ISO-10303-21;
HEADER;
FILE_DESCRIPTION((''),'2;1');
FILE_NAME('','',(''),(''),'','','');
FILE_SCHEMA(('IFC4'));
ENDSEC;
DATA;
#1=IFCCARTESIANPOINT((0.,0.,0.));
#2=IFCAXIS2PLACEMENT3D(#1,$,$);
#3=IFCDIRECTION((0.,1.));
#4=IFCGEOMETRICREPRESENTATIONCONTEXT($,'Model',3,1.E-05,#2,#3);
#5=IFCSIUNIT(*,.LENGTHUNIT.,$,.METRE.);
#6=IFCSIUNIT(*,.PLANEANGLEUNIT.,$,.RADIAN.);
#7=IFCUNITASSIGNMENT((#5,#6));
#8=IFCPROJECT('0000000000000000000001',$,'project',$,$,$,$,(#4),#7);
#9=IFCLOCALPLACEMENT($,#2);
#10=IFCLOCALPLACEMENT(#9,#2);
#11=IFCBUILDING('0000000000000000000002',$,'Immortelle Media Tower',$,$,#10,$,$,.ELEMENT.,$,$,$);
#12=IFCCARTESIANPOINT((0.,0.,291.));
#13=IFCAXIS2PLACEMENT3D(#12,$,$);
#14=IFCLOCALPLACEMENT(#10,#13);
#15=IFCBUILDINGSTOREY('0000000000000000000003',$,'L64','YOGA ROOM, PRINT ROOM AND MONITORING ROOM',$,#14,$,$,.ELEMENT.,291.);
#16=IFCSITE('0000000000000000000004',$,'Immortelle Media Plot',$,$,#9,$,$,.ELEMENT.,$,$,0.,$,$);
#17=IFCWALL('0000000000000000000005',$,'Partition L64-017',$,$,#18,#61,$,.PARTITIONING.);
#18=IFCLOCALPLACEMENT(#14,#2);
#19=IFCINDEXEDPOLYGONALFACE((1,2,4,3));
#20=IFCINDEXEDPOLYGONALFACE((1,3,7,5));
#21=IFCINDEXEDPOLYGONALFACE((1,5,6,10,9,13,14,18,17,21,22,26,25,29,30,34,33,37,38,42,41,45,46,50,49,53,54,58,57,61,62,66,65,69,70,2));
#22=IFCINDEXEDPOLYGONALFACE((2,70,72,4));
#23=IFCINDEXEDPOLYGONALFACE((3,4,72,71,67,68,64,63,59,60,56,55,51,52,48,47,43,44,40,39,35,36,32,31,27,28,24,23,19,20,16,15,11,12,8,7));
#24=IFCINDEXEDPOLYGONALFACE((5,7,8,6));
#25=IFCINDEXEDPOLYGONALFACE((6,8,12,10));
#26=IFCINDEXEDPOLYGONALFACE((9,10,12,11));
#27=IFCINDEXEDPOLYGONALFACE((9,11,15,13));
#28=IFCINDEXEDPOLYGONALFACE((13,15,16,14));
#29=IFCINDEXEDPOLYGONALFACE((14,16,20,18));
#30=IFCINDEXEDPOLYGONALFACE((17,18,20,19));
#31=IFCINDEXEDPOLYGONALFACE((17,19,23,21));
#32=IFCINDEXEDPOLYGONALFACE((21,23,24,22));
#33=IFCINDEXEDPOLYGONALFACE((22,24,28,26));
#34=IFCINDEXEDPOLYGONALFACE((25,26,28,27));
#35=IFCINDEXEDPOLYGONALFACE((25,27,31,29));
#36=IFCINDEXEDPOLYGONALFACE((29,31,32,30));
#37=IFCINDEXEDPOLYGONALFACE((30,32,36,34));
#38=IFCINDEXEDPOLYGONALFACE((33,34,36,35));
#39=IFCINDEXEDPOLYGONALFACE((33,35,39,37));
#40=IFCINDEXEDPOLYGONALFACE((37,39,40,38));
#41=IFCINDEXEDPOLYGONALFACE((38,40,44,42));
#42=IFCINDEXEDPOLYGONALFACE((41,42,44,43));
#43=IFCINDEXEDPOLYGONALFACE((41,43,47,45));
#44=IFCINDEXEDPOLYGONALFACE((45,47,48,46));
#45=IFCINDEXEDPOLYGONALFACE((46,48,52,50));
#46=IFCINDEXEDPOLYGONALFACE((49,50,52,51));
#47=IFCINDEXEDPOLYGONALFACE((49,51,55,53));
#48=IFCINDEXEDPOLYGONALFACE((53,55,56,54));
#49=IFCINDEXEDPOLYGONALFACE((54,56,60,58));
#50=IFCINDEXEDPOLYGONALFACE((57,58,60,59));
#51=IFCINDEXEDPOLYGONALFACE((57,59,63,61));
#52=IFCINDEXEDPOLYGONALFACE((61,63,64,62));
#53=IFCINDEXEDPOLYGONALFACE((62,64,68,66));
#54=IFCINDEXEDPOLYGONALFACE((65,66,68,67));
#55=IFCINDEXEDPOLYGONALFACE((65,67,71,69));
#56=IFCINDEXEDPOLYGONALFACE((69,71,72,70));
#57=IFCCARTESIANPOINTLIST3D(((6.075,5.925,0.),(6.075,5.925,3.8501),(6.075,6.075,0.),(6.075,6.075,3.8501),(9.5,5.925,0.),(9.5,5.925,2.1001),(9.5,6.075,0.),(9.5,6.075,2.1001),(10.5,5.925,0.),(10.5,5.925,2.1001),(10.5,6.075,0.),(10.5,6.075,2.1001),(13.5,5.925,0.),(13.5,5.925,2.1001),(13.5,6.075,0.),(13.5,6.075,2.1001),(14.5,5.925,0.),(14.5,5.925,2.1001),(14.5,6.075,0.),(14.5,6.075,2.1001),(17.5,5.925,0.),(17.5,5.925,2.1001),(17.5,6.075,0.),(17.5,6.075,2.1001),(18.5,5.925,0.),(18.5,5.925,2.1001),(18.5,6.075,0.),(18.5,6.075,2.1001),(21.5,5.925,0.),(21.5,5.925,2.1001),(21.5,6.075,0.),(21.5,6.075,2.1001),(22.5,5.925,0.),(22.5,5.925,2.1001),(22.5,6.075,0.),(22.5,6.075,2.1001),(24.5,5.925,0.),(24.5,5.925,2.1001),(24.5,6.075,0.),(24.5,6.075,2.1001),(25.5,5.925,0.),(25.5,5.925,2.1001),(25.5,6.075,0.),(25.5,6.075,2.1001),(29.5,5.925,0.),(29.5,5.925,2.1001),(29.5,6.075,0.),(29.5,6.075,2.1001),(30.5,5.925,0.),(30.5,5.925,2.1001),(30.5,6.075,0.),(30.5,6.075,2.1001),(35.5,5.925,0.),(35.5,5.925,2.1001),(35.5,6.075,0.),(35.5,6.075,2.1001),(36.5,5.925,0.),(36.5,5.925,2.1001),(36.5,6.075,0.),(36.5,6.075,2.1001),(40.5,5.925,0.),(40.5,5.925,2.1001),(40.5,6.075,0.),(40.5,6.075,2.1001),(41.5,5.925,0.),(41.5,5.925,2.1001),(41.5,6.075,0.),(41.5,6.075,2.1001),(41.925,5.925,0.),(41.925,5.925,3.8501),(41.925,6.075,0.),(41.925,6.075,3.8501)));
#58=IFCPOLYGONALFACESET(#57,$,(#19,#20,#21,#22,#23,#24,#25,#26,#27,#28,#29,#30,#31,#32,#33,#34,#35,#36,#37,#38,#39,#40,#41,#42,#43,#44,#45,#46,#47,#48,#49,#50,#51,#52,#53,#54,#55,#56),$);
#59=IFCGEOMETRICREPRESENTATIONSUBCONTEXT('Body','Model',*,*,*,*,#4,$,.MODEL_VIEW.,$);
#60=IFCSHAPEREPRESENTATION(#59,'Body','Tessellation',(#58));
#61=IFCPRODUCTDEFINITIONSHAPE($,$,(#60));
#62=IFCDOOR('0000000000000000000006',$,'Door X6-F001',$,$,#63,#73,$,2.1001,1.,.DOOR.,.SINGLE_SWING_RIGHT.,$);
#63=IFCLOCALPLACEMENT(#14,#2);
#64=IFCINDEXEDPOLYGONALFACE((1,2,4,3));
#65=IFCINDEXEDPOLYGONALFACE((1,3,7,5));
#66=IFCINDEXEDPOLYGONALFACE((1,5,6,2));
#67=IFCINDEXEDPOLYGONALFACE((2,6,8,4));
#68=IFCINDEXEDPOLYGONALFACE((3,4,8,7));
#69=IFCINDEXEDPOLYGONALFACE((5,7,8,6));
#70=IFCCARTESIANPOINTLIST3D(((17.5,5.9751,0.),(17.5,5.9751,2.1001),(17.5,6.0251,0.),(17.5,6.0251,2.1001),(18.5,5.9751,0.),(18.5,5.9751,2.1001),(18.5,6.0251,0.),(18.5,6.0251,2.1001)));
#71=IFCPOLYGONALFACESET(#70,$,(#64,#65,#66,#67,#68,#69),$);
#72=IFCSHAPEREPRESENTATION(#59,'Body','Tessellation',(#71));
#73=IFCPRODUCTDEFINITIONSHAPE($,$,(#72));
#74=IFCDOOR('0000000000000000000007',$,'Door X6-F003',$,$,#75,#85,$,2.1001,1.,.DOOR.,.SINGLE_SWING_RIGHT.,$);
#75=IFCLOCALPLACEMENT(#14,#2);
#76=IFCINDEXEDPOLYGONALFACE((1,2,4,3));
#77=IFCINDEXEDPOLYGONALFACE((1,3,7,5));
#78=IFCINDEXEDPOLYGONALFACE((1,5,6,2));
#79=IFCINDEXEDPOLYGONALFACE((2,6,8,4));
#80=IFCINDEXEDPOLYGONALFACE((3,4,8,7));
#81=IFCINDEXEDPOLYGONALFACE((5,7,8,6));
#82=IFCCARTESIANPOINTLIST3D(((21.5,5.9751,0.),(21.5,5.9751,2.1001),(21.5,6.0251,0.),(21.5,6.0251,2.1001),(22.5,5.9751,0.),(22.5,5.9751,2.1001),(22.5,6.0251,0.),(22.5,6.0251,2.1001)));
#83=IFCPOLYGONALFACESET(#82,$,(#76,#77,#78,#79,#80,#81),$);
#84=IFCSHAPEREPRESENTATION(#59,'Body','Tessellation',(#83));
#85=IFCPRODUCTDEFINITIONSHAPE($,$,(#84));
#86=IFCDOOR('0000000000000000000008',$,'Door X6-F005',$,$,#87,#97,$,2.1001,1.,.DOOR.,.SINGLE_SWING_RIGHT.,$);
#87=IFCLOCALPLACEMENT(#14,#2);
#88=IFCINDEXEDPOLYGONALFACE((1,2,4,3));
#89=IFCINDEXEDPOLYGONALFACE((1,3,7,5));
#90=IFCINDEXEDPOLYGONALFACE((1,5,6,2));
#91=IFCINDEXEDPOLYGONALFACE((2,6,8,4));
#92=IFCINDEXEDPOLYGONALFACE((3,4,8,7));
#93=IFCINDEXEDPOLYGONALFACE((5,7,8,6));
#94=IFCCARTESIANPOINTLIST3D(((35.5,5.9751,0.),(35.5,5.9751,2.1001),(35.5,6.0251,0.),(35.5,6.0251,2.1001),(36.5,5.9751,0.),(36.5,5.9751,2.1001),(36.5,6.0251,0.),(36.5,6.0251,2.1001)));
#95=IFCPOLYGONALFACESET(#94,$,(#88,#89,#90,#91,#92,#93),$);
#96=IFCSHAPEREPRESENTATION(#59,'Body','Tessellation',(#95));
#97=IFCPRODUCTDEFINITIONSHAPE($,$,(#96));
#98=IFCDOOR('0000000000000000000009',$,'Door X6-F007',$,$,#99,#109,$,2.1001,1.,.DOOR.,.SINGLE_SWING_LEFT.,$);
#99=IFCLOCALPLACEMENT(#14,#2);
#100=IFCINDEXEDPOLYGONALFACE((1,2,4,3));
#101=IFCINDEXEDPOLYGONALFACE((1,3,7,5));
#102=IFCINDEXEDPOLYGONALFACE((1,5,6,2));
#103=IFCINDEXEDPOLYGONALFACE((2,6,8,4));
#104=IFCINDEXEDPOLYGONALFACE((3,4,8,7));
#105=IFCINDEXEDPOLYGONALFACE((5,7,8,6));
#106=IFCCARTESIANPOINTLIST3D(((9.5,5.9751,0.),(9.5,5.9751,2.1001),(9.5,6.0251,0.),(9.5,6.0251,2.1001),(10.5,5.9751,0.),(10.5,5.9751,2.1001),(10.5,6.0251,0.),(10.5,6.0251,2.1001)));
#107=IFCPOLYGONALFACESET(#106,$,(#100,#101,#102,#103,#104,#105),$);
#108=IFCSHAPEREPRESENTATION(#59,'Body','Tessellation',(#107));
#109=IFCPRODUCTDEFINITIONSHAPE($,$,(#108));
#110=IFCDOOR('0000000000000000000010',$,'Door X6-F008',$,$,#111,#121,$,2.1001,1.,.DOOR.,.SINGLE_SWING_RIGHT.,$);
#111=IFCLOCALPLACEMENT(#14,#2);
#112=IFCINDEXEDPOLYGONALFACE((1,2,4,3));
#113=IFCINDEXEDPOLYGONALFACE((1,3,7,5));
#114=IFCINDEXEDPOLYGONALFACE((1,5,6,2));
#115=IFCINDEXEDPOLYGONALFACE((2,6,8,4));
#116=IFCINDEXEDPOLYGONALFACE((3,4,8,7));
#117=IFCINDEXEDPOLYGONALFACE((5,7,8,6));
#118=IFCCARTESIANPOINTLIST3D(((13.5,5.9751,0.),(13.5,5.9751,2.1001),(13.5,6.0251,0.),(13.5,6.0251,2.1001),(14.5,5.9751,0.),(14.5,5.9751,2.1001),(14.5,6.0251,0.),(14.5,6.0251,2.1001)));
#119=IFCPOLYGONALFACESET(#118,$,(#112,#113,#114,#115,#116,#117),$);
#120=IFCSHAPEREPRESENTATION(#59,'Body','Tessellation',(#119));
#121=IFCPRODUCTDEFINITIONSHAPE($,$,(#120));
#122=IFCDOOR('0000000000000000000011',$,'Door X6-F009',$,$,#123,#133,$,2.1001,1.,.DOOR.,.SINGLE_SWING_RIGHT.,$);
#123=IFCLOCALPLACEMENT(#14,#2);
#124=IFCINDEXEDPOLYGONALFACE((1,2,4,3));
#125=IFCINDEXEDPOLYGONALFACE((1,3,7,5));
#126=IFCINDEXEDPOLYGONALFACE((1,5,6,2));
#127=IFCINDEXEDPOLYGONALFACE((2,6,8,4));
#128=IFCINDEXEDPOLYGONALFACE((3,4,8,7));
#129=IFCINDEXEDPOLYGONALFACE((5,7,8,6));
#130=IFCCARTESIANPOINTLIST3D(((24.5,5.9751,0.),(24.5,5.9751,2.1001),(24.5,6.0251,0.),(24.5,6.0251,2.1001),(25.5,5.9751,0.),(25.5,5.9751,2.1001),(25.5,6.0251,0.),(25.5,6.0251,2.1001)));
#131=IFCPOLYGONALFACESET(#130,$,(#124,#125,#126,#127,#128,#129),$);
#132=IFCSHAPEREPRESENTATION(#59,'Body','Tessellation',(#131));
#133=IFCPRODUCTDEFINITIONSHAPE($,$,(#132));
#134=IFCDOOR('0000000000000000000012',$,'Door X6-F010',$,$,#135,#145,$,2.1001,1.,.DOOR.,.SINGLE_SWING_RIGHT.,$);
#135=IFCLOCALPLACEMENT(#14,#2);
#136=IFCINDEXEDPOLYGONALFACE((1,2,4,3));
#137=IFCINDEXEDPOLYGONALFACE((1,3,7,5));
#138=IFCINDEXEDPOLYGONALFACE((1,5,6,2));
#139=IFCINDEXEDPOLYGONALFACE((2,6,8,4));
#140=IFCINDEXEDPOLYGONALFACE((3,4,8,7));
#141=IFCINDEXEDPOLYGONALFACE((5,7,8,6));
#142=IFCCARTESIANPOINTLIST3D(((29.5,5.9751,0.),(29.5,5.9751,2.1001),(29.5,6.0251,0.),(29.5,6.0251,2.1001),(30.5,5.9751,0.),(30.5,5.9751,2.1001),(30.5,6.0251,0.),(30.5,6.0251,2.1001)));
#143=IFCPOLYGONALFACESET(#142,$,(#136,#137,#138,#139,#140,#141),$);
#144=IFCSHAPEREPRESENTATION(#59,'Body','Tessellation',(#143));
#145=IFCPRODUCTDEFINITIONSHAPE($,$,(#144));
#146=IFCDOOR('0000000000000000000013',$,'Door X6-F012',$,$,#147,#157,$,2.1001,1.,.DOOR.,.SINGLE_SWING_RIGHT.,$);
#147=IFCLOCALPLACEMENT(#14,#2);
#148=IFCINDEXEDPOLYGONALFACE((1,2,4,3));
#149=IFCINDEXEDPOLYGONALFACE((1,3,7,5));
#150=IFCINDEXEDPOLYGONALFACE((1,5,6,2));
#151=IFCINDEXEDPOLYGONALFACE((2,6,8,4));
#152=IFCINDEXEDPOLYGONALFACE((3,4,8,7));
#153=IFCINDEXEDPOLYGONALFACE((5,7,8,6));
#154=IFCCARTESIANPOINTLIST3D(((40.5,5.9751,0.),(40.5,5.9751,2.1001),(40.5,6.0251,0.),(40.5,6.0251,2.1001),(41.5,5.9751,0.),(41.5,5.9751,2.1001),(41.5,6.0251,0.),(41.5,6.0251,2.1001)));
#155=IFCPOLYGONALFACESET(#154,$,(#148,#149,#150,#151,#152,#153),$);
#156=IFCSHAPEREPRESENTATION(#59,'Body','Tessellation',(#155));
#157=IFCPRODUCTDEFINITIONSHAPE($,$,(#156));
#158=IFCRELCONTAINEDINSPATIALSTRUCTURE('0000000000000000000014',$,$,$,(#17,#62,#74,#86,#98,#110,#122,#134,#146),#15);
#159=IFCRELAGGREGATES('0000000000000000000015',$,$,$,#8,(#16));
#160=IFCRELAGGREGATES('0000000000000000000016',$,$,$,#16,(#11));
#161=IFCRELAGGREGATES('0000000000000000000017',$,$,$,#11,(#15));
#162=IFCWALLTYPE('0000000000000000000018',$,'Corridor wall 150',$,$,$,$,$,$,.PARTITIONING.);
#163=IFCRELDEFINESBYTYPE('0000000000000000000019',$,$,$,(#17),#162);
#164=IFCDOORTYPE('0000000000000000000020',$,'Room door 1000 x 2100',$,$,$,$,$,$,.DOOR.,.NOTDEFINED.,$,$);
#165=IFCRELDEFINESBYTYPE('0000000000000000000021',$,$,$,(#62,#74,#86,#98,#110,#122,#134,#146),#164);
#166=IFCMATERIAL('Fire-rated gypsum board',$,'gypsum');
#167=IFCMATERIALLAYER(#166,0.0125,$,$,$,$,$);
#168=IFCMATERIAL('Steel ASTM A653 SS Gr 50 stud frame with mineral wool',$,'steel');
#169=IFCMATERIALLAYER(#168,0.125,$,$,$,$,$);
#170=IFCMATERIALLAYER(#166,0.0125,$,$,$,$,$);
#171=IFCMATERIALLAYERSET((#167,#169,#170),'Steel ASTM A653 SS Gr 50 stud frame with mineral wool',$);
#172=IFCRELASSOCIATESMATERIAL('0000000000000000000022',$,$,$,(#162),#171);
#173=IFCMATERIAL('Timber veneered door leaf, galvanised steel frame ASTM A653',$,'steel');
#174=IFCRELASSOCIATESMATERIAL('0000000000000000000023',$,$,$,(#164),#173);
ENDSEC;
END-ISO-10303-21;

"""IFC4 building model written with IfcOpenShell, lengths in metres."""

from ifc_helpers import new_model, si_unit, direction, frame, frame_2d, origin, place, context, subcontext, project, spatial, rectangle, extrude, material, layer, layer_set, type_object, element, fill, save


model = new_model("IFC4")

# Units and contexts
model_context = context("Model", 3, precision=1e-05, world=origin(), true_north=direction((0.0, 1.0)))
body_context = subcontext(model_context, "Body", "Model", "MODEL_VIEW")
ifc_project = project(units=[si_unit("LENGTHUNIT", "METRE"), si_unit("PLANEANGLEUNIT", "RADIAN")], contexts=[model_context])

# Site, building, storey
site_placement = place(None, origin())
site = spatial("IfcSite", under=ifc_project, at=site_placement, Name="Immortelle Media Plot", CompositionType="ELEMENT", RefElevation=0.0)
building_placement = place(site_placement, origin())
building = spatial("IfcBuilding", under=site, at=building_placement, Name="Immortelle Media Tower", CompositionType="ELEMENT")
storey_placement = place(building_placement, frame((0.0, 0.0, 291.0)))
storey = spatial("IfcBuildingStorey", under=building, at=storey_placement, Name="L64", Description="YOGA ROOM, PRINT ROOM AND MONITORING ROOM", CompositionType="ELEMENT", Elevation=291.0)

# Wall, openings, doors
ifc_material_1 = material(Name="Fire-rated gypsum board", Category="gypsum")
ifc_layer_1 = layer(ifc_material_1, 0.0125)
ifc_material_2 = material(Name="Steel ASTM A653 SS Gr 50 stud frame with mineral wool", Category="steel")
ifc_layer_2 = layer(ifc_material_2, 0.125)
ifc_layer_3 = layer(ifc_material_1, 0.0125)
ifc_layer_set_1 = layer_set([ifc_layer_1, ifc_layer_2, ifc_layer_3], Name="Steel ASTM A653 SS Gr 50 stud frame with mineral wool")
wall_type_1 = type_object("IfcWallType", Name="Corridor wall 150", PredefinedType="PARTITIONING", material=ifc_layer_set_1)
wall_1_placement = place(storey_placement, frame((6.075, 6.0, 0.0), z_axis=(0.0, 0.0, 1.0), x_axis=(1.0, 0.0, 0.0)))
wall_1 = element("IfcWall", 1, at=wall_1_placement, inside=storey, type_object=wall_type_1, Name="Partition L64-017", PredefinedType="PARTITIONING", context=body_context, shape_type="SweptSolid", body=[
    extrude(rectangle(XDim=35.8501, YDim=0.1499, at=frame_2d((17.925, 0.0))), origin(), (0.0, 0.0, 1.0), 3.8501),
])
opening_1_placement = place(wall_1_placement, frame((12.425, 0.0, 0.0), z_axis=(0.0, 0.0, 1.0), x_axis=(-1.0, 0.0, 0.0)))
opening_1 = element("IfcOpeningElement", 2, at=opening_1_placement, cuts=wall_1, PredefinedType="OPENING", context=body_context, shape_type="SweptSolid", body=[
    extrude(rectangle(XDim=1.0, YDim=2.1001, at=frame_2d((0.5, 1.05))), frame((0.0, 0.085, 0.0), z_axis=(0.0, -1.0, 0.0), x_axis=(1.0, 0.0, 0.0)), (0.0, 0.0, 1.0), 0.1699),
])
opening_2_placement = place(wall_1_placement, frame((16.425, 0.0, 0.0), z_axis=(0.0, 0.0, 1.0), x_axis=(-1.0, 0.0, 0.0)))
opening_2 = element("IfcOpeningElement", 3, at=opening_2_placement, cuts=wall_1, PredefinedType="OPENING", context=body_context, shape_type="SweptSolid", body=[
    extrude(rectangle(XDim=1.0, YDim=2.1001, at=frame_2d((0.5, 1.05))), frame((0.0, 0.085, 0.0), z_axis=(0.0, -1.0, 0.0), x_axis=(1.0, 0.0, 0.0)), (0.0, 0.0, 1.0), 0.1699),
])
opening_3_placement = place(wall_1_placement, frame((30.425, 0.0, 0.0), z_axis=(0.0, 0.0, 1.0), x_axis=(-1.0, 0.0, 0.0)))
opening_3 = element("IfcOpeningElement", 4, at=opening_3_placement, cuts=wall_1, PredefinedType="OPENING", context=body_context, shape_type="SweptSolid", body=[
    extrude(rectangle(XDim=1.0, YDim=2.1001, at=frame_2d((0.5, 1.05))), frame((0.0, 0.085, 0.0), z_axis=(0.0, -1.0, 0.0), x_axis=(1.0, 0.0, 0.0)), (0.0, 0.0, 1.0), 0.1699),
])
opening_4_placement = place(wall_1_placement, frame((4.425, 0.0, 0.0), z_axis=(0.0, 0.0, 1.0), x_axis=(-1.0, 0.0, 0.0)))
opening_4 = element("IfcOpeningElement", 5, at=opening_4_placement, cuts=wall_1, PredefinedType="OPENING", context=body_context, shape_type="SweptSolid", body=[
    extrude(rectangle(XDim=1.0, YDim=2.1001, at=frame_2d((0.5, 1.05))), frame((0.0, 0.085, 0.0), z_axis=(0.0, -1.0, 0.0), x_axis=(1.0, 0.0, 0.0)), (0.0, 0.0, 1.0), 0.1699),
])
opening_5_placement = place(wall_1_placement, frame((8.425, 0.0, 0.0), z_axis=(0.0, 0.0, 1.0), x_axis=(-1.0, 0.0, 0.0)))
opening_5 = element("IfcOpeningElement", 6, at=opening_5_placement, cuts=wall_1, PredefinedType="OPENING", context=body_context, shape_type="SweptSolid", body=[
    extrude(rectangle(XDim=1.0, YDim=2.1001, at=frame_2d((0.5, 1.05))), frame((0.0, 0.085, 0.0), z_axis=(0.0, -1.0, 0.0), x_axis=(1.0, 0.0, 0.0)), (0.0, 0.0, 1.0), 0.1699),
])
opening_6_placement = place(wall_1_placement, frame((19.425, 0.0, 0.0), z_axis=(0.0, 0.0, 1.0), x_axis=(-1.0, 0.0, 0.0)))
opening_6 = element("IfcOpeningElement", 7, at=opening_6_placement, cuts=wall_1, PredefinedType="OPENING", context=body_context, shape_type="SweptSolid", body=[
    extrude(rectangle(XDim=1.0, YDim=2.1001, at=frame_2d((0.5, 1.05))), frame((0.0, 0.085, 0.0), z_axis=(0.0, -1.0, 0.0), x_axis=(1.0, 0.0, 0.0)), (0.0, 0.0, 1.0), 0.1699),
])
opening_7_placement = place(wall_1_placement, frame((24.425, 0.0, 0.0), z_axis=(0.0, 0.0, 1.0), x_axis=(-1.0, 0.0, 0.0)))
opening_7 = element("IfcOpeningElement", 8, at=opening_7_placement, cuts=wall_1, PredefinedType="OPENING", context=body_context, shape_type="SweptSolid", body=[
    extrude(rectangle(XDim=1.0, YDim=2.1001, at=frame_2d((0.5, 1.05))), frame((0.0, 0.085, 0.0), z_axis=(0.0, -1.0, 0.0), x_axis=(1.0, 0.0, 0.0)), (0.0, 0.0, 1.0), 0.1699),
])
opening_8_placement = place(wall_1_placement, frame((35.425, 0.0, 0.0), z_axis=(0.0, 0.0, 1.0), x_axis=(-1.0, 0.0, 0.0)))
opening_8 = element("IfcOpeningElement", 9, at=opening_8_placement, cuts=wall_1, PredefinedType="OPENING", context=body_context, shape_type="SweptSolid", body=[
    extrude(rectangle(XDim=1.0, YDim=2.1001, at=frame_2d((0.5, 1.05))), frame((0.0, 0.085, 0.0), z_axis=(0.0, -1.0, 0.0), x_axis=(1.0, 0.0, 0.0)), (0.0, 0.0, 1.0), 0.1699),
])
ifc_material_3 = material(Name="Timber veneered door leaf, galvanised steel frame ASTM A653", Category="steel")
door_type = type_object("IfcDoorType", Name="Room door 1000 x 2100", OperationType="NOTDEFINED", PredefinedType="DOOR", material=ifc_material_3)
door_1_placement = place(opening_1_placement, origin())
door_1 = element("IfcDoor", 10, at=door_1_placement, inside=storey, type_object=door_type, Name="Door X6-F001", OperationType="SINGLE_SWING_RIGHT", OverallHeight=2.1001, OverallWidth=1.0, PredefinedType="DOOR", context=body_context, shape_type="SweptSolid", body=[
    extrude(rectangle(XDim=1.0, YDim=2.1001, at=frame_2d((0.5, 1.05))), frame((0.0, 0.0249, 0.0), z_axis=(0.0, -1.0, 0.0), x_axis=(1.0, 0.0, 0.0)), (0.0, 0.0, 1.0), 0.05),
])
fill(opening_1, door_1)
door_2_placement = place(opening_2_placement, origin())
door_2 = element("IfcDoor", 11, at=door_2_placement, inside=storey, type_object=door_type, Name="Door X6-F003", OperationType="SINGLE_SWING_RIGHT", OverallHeight=2.1001, OverallWidth=1.0, PredefinedType="DOOR", context=body_context, shape_type="SweptSolid", body=[
    extrude(rectangle(XDim=1.0, YDim=2.1001, at=frame_2d((0.5, 1.05))), frame((0.0, 0.0249, 0.0), z_axis=(0.0, -1.0, 0.0), x_axis=(1.0, 0.0, 0.0)), (0.0, 0.0, 1.0), 0.05),
])
fill(opening_2, door_2)
door_3_placement = place(opening_3_placement, origin())
door_3 = element("IfcDoor", 12, at=door_3_placement, inside=storey, type_object=door_type, Name="Door X6-F005", OperationType="SINGLE_SWING_RIGHT", OverallHeight=2.1001, OverallWidth=1.0, PredefinedType="DOOR", context=body_context, shape_type="SweptSolid", body=[
    extrude(rectangle(XDim=1.0, YDim=2.1001, at=frame_2d((0.5, 1.05))), frame((0.0, 0.0249, 0.0), z_axis=(0.0, -1.0, 0.0), x_axis=(1.0, 0.0, 0.0)), (0.0, 0.0, 1.0), 0.05),
])
fill(opening_3, door_3)
door_4_placement = place(opening_4_placement, origin())
door_4 = element("IfcDoor", 13, at=door_4_placement, inside=storey, type_object=door_type, Name="Door X6-F007", OperationType="SINGLE_SWING_LEFT", OverallHeight=2.1001, OverallWidth=1.0, PredefinedType="DOOR", context=body_context, shape_type="SweptSolid", body=[
    extrude(rectangle(XDim=1.0, YDim=2.1001, at=frame_2d((0.5, 1.05))), frame((0.0, 0.0249, 0.0), z_axis=(0.0, -1.0, 0.0), x_axis=(1.0, 0.0, 0.0)), (0.0, 0.0, 1.0), 0.05),
])
fill(opening_4, door_4)
door_5_placement = place(opening_5_placement, origin())
door_5 = element("IfcDoor", 14, at=door_5_placement, inside=storey, type_object=door_type, Name="Door X6-F008", OperationType="SINGLE_SWING_RIGHT", OverallHeight=2.1001, OverallWidth=1.0, PredefinedType="DOOR", context=body_context, shape_type="SweptSolid", body=[
    extrude(rectangle(XDim=1.0, YDim=2.1001, at=frame_2d((0.5, 1.05))), frame((0.0, 0.0249, 0.0), z_axis=(0.0, -1.0, 0.0), x_axis=(1.0, 0.0, 0.0)), (0.0, 0.0, 1.0), 0.05),
])
fill(opening_5, door_5)
door_6_placement = place(opening_6_placement, origin())
door_6 = element("IfcDoor", 15, at=door_6_placement, inside=storey, type_object=door_type, Name="Door X6-F009", OperationType="SINGLE_SWING_RIGHT", OverallHeight=2.1001, OverallWidth=1.0, PredefinedType="DOOR", context=body_context, shape_type="SweptSolid", body=[
    extrude(rectangle(XDim=1.0, YDim=2.1001, at=frame_2d((0.5, 1.05))), frame((0.0, 0.0249, 0.0), z_axis=(0.0, -1.0, 0.0), x_axis=(1.0, 0.0, 0.0)), (0.0, 0.0, 1.0), 0.05),
])
fill(opening_6, door_6)
door_7_placement = place(opening_7_placement, origin())
door_7 = element("IfcDoor", 16, at=door_7_placement, inside=storey, type_object=door_type, Name="Door X6-F010", OperationType="SINGLE_SWING_RIGHT", OverallHeight=2.1001, OverallWidth=1.0, PredefinedType="DOOR", context=body_context, shape_type="SweptSolid", body=[
    extrude(rectangle(XDim=1.0, YDim=2.1001, at=frame_2d((0.5, 1.05))), frame((0.0, 0.0249, 0.0), z_axis=(0.0, -1.0, 0.0), x_axis=(1.0, 0.0, 0.0)), (0.0, 0.0, 1.0), 0.05),
])
fill(opening_7, door_7)
door_8_placement = place(opening_8_placement, origin())
door_8 = element("IfcDoor", 17, at=door_8_placement, inside=storey, type_object=door_type, Name="Door X6-F012", OperationType="SINGLE_SWING_RIGHT", OverallHeight=2.1001, OverallWidth=1.0, PredefinedType="DOOR", context=body_context, shape_type="SweptSolid", body=[
    extrude(rectangle(XDim=1.0, YDim=2.1001, at=frame_2d((0.5, 1.05))), frame((0.0, 0.0249, 0.0), z_axis=(0.0, -1.0, 0.0), x_axis=(1.0, 0.0, 0.0)), (0.0, 0.0, 1.0), 0.05),
])
fill(opening_8, door_8)

save(model, "model.ifc")
